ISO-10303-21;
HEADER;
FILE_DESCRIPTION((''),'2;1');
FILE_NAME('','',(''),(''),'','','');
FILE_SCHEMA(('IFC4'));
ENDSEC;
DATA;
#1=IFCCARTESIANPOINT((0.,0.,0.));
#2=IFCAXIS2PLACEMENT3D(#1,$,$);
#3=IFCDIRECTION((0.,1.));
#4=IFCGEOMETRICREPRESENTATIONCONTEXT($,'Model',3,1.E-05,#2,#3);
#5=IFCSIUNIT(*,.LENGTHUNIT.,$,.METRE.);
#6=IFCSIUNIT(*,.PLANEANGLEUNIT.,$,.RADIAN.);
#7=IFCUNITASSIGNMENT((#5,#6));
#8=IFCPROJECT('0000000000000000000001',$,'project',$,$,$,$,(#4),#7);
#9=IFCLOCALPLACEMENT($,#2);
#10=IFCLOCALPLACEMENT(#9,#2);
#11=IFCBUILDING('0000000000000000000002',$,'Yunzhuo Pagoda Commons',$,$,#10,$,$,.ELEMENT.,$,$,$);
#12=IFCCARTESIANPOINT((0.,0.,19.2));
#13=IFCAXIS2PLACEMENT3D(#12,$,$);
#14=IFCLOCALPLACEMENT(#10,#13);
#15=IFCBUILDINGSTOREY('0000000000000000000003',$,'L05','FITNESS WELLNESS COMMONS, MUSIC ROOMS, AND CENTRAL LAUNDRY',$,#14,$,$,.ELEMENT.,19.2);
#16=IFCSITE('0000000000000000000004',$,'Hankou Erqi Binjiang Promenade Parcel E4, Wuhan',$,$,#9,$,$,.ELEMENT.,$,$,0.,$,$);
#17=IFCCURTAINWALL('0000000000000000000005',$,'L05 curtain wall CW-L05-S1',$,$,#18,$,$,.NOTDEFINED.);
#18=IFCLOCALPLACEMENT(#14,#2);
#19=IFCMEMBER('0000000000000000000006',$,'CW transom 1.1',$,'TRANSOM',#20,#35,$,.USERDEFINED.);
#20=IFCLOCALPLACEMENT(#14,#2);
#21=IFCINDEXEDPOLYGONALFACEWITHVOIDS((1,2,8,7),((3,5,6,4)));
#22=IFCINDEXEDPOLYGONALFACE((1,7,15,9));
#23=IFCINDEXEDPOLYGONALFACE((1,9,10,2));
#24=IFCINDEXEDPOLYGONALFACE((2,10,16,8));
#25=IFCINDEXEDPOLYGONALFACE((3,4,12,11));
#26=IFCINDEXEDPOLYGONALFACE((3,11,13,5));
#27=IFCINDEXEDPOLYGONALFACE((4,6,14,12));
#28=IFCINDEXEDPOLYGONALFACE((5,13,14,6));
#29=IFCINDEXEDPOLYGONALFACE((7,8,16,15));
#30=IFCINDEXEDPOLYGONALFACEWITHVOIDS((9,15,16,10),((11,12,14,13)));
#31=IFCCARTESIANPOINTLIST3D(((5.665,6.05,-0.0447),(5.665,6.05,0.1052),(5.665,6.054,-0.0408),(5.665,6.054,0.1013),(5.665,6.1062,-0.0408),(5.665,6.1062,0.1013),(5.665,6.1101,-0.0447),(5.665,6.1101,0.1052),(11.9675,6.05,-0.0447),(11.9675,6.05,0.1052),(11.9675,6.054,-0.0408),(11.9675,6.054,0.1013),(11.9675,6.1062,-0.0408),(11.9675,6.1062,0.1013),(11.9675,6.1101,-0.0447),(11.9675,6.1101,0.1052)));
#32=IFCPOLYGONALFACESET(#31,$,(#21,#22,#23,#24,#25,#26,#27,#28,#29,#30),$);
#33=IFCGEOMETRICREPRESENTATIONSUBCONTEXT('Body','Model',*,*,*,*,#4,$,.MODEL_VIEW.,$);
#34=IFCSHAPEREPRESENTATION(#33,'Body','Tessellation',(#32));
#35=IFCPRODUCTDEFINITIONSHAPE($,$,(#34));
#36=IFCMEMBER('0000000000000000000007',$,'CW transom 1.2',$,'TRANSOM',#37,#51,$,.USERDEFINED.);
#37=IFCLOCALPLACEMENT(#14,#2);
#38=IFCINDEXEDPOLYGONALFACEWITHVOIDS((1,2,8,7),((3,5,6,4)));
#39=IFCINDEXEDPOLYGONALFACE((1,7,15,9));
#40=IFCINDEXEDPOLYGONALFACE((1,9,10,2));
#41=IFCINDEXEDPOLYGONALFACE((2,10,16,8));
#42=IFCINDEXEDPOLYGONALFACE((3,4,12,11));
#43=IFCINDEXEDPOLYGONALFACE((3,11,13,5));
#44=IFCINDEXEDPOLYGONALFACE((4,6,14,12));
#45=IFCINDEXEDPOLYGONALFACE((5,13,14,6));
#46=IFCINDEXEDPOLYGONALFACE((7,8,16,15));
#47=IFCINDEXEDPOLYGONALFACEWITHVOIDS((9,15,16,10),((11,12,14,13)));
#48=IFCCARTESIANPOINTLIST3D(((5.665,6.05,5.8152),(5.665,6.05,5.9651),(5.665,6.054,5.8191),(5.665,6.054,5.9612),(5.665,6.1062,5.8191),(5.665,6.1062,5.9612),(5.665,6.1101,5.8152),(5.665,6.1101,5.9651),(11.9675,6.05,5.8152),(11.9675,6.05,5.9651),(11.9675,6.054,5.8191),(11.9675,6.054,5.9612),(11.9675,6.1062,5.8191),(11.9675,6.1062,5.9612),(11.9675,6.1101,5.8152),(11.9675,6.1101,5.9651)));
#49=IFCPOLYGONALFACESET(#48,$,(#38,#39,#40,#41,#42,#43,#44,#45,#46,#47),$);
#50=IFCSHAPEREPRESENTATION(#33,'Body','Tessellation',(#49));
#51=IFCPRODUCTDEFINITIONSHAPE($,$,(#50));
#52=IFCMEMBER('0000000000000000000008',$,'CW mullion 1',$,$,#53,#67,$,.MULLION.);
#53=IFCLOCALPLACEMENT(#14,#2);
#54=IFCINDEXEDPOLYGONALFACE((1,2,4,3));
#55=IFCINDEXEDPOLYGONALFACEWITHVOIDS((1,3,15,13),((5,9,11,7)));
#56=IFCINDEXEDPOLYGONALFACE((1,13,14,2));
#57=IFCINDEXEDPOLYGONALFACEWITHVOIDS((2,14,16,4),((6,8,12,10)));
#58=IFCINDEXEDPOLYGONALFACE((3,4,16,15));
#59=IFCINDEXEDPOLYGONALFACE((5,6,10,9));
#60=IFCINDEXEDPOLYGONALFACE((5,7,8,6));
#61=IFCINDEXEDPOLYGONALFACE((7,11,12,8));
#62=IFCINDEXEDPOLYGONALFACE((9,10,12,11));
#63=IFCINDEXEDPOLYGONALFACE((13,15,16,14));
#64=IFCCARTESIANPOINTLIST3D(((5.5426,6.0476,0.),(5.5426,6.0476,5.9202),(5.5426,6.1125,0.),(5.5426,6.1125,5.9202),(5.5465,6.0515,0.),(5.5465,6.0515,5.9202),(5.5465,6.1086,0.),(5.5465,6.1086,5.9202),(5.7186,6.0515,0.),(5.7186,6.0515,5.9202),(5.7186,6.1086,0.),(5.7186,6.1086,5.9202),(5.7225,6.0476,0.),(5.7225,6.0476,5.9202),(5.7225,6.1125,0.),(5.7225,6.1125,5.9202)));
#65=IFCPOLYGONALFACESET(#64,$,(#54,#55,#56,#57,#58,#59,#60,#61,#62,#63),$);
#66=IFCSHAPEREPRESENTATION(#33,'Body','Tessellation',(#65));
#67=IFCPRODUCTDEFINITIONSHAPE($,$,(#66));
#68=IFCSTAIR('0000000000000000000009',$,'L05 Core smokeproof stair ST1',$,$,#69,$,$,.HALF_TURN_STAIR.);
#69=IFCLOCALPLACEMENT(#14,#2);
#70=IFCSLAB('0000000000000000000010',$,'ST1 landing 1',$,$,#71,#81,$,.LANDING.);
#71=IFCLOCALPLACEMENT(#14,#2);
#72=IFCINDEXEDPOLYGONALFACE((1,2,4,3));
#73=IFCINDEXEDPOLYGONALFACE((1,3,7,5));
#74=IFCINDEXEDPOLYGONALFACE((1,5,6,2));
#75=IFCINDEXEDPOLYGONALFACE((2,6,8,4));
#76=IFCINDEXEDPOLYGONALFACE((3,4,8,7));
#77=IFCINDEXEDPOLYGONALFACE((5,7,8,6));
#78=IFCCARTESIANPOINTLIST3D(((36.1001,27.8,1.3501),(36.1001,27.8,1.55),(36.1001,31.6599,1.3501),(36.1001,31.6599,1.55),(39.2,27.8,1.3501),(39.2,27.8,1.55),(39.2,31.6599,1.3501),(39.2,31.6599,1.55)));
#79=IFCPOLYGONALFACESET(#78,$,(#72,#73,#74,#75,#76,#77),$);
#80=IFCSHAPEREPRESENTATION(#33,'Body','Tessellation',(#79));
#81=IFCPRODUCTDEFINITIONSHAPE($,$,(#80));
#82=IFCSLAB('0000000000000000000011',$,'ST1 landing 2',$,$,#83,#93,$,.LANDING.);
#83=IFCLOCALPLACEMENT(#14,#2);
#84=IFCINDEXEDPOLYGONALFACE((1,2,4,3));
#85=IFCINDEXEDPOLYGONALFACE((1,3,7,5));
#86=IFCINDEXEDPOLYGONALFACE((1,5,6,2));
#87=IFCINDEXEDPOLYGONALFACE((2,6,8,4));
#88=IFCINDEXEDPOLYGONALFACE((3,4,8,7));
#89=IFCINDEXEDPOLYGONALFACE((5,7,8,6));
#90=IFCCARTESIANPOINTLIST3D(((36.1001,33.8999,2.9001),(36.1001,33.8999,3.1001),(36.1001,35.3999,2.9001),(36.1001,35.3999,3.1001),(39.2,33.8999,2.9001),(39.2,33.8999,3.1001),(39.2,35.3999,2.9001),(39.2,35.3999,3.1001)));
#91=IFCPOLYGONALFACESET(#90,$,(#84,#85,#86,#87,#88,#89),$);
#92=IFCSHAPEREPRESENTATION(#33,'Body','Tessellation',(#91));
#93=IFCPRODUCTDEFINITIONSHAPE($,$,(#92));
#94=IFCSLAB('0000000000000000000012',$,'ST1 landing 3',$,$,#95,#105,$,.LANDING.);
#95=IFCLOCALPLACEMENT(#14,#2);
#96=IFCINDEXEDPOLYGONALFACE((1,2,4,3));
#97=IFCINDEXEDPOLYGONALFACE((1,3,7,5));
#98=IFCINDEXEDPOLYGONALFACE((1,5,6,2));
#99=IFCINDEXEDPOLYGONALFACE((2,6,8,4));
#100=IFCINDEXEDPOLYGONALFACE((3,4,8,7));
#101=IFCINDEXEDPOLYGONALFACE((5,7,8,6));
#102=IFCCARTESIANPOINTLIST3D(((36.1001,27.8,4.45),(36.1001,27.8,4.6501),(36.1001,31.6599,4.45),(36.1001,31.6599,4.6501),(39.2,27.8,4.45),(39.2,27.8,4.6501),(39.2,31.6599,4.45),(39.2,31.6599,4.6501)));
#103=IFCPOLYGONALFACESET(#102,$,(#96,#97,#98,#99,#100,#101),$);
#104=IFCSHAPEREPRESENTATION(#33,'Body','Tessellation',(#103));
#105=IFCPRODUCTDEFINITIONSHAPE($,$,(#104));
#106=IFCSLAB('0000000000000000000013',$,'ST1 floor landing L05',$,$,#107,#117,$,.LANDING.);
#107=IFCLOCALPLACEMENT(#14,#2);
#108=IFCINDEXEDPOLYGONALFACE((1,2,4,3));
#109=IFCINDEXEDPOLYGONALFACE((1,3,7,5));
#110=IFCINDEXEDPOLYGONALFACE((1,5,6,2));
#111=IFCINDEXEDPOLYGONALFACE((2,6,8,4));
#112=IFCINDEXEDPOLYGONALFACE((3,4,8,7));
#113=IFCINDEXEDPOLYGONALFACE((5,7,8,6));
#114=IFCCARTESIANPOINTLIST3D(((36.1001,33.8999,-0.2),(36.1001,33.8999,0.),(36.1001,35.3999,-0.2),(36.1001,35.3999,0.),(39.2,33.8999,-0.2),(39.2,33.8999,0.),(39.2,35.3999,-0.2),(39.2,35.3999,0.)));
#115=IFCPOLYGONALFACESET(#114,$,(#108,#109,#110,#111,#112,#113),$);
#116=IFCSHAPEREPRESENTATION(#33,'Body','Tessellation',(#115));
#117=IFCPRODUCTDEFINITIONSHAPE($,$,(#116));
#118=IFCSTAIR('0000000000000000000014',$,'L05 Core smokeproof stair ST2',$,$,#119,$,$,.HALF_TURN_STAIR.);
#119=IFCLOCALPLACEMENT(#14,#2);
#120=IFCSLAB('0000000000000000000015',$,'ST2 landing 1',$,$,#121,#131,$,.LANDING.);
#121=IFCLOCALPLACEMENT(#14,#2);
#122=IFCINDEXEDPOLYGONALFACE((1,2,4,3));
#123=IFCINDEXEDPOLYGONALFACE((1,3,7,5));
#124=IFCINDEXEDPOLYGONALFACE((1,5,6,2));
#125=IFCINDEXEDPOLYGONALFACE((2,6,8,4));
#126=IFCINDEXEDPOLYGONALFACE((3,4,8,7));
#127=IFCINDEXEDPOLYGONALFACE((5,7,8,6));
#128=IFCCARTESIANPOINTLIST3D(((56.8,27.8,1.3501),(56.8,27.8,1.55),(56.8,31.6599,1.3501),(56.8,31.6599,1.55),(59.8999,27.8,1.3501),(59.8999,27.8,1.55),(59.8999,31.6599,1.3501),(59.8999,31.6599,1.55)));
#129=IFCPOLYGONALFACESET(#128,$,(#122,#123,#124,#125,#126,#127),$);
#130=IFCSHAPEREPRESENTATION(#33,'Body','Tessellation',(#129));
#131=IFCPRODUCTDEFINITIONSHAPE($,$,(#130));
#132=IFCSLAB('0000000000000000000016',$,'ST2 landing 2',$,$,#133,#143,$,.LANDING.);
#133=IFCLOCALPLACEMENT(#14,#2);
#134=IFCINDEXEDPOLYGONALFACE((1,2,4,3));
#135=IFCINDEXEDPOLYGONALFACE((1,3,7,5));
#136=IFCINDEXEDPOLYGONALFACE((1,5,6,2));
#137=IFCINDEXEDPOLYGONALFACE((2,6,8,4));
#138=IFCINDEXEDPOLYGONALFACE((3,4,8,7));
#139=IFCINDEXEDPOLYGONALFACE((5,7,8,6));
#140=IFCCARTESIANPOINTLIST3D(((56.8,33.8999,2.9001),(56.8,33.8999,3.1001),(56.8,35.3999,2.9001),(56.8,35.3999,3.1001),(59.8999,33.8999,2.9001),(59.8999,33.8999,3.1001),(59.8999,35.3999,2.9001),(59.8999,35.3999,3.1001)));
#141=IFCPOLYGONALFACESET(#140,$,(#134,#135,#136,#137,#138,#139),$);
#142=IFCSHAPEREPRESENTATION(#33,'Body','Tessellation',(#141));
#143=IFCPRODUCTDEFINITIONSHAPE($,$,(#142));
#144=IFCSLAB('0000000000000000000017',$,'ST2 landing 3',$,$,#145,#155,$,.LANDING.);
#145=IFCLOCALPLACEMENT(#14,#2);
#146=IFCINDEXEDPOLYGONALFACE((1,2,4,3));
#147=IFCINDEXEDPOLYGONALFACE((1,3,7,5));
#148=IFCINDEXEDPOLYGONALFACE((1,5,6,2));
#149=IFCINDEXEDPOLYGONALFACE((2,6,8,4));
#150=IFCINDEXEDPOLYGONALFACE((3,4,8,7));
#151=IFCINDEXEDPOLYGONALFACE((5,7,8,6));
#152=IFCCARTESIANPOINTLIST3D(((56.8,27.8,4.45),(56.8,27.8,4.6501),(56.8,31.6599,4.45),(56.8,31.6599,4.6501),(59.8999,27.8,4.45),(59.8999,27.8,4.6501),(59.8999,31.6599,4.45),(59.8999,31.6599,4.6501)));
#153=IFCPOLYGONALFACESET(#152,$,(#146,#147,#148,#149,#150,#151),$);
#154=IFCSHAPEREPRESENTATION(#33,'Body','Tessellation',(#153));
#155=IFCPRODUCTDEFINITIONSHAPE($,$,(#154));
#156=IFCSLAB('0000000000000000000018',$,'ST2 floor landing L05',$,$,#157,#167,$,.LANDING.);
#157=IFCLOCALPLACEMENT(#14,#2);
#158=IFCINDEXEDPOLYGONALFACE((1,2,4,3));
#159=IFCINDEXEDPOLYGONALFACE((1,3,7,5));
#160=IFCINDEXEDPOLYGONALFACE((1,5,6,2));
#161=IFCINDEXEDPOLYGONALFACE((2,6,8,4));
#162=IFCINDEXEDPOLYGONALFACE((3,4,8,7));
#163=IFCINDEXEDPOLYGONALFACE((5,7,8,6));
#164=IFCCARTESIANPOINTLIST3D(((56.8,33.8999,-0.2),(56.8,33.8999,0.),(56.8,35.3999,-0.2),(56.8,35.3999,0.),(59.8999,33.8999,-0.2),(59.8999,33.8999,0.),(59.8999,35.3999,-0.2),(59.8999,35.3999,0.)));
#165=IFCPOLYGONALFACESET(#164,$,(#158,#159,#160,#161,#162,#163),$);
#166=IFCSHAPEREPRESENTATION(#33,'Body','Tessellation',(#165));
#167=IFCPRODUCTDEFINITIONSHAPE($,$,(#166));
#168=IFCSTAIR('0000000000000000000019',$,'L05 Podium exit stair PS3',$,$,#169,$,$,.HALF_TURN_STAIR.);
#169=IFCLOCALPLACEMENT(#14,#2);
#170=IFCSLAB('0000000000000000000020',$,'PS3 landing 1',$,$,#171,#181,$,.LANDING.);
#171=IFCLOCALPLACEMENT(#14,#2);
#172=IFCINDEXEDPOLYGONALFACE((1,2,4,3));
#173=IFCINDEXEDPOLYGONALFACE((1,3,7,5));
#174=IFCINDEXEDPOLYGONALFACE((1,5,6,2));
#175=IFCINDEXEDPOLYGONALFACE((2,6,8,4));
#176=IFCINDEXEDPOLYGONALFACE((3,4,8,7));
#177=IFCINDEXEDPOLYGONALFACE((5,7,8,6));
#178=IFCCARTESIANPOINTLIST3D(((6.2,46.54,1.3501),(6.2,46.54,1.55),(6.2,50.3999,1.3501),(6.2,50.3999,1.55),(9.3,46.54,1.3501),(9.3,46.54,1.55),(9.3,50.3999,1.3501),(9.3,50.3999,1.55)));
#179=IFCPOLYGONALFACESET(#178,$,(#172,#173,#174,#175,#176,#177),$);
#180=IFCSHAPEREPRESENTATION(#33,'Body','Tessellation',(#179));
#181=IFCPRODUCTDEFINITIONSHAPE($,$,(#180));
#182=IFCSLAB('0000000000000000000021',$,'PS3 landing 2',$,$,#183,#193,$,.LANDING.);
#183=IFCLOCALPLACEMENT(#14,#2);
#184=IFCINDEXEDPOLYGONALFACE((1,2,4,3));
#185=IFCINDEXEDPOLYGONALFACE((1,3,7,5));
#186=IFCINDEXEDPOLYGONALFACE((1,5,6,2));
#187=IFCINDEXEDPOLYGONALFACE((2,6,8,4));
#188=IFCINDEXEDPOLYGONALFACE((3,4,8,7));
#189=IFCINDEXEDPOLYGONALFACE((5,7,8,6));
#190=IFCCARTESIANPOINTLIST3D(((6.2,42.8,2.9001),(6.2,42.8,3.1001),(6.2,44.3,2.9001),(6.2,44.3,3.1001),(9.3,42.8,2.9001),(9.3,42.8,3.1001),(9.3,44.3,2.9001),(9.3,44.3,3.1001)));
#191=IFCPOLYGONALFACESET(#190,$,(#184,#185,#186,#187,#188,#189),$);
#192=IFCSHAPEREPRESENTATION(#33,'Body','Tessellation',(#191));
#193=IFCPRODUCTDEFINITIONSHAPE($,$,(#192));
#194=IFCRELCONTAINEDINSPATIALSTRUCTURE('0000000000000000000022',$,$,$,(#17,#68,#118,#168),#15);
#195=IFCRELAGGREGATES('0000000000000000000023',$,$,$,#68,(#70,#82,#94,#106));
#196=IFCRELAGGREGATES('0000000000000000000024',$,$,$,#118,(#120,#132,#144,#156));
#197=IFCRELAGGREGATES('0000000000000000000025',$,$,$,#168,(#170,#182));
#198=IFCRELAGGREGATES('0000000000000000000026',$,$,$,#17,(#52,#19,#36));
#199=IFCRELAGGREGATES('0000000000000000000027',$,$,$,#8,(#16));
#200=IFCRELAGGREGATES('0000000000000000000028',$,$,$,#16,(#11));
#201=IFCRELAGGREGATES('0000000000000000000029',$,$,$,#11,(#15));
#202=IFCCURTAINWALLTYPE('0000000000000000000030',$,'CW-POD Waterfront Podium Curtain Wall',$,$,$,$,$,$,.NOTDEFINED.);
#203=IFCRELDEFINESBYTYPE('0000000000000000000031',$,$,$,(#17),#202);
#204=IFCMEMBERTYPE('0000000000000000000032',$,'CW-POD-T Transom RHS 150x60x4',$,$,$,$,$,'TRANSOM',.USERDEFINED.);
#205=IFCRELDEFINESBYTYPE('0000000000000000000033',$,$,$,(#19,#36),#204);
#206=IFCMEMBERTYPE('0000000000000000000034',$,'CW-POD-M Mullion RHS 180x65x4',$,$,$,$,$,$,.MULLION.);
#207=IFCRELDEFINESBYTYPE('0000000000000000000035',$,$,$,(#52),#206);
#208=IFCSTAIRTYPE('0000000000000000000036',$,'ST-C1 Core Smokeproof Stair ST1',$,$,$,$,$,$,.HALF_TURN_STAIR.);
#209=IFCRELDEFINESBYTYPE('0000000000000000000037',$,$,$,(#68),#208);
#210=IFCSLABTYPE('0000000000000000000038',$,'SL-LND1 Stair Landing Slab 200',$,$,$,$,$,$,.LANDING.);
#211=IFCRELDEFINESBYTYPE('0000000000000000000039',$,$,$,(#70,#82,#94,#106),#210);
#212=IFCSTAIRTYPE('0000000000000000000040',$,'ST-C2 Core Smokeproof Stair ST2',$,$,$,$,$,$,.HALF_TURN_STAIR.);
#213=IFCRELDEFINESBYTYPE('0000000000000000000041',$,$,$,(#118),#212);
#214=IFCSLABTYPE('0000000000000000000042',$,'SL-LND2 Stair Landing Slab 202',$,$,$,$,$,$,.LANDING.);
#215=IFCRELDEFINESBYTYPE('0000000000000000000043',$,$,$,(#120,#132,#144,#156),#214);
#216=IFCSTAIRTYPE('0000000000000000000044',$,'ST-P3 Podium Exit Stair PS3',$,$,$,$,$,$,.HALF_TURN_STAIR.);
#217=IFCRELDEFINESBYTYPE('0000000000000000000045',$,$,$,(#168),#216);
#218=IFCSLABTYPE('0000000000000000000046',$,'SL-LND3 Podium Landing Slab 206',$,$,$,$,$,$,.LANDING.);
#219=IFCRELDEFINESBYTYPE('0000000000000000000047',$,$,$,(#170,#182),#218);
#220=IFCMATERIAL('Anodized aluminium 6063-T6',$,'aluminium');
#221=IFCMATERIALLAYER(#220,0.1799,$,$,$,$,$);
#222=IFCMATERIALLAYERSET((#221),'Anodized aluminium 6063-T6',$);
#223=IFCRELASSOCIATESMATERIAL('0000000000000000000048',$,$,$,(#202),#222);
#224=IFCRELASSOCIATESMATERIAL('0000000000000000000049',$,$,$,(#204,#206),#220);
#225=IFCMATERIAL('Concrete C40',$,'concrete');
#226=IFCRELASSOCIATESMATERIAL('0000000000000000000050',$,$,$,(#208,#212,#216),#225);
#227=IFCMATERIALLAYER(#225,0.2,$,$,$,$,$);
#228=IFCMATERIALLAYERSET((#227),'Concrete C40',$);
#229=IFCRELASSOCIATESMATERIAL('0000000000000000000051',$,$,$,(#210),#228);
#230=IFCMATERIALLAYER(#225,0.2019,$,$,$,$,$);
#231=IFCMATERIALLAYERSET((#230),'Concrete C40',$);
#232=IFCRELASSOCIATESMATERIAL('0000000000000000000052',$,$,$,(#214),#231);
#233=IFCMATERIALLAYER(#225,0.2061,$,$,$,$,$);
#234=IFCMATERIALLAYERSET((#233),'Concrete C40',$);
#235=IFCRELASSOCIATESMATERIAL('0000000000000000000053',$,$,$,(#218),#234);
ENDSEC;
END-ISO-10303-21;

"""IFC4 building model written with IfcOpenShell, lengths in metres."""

from ifc_helpers import new_model, si_unit, direction, frame, origin, origin_2d, place, context, subcontext, project, spatial, polyline, hollow_rectangle, outline, extrude, source, transform, mapped, material, layer, layer_set, material_profile, profile_set, type_object, element, aggregate, save


model = new_model("IFC4")

# Units and contexts
model_context = context("Model", 3, precision=1e-05, world=origin(), true_north=direction((0.0, 1.0)))
body_context = subcontext(model_context, "Body", "Model", "MODEL_VIEW")
ifc_project = project(units=[si_unit("LENGTHUNIT", "METRE"), si_unit("PLANEANGLEUNIT", "RADIAN")], contexts=[model_context])

# Site, building, storey
site_placement = place(None, origin())
site = spatial("IfcSite", under=ifc_project, at=site_placement, Name="Hankou Erqi Binjiang Promenade Parcel E4, Wuhan", CompositionType="ELEMENT", RefElevation=0.0)
building_placement = place(site_placement, origin())
building = spatial("IfcBuilding", under=site, at=building_placement, Name="Yunzhuo Pagoda Commons", CompositionType="ELEMENT")
storey_placement = place(building_placement, frame((0.0, 0.0, 19.2)))
storey = spatial("IfcBuildingStorey", under=building, at=storey_placement, Name="L05", Description="FITNESS WELLNESS COMMONS, MUSIC ROOMS, AND CENTRAL LAUNDRY", CompositionType="ELEMENT", Elevation=19.2)

# Curtain wall, members
ifc_material_1 = material(Name="Anodized aluminium 6063-T6", Category="aluminium")
ifc_layer_1 = layer(ifc_material_1, 0.1799)
ifc_layer_set_1 = layer_set([ifc_layer_1], Name="Anodized aluminium 6063-T6")
curtain_wall_type = type_object("IfcCurtainWallType", Name="CW-POD Waterfront Podium Curtain Wall", PredefinedType="NOTDEFINED", material=ifc_layer_set_1)
curtain_wall_placement = place(storey_placement, origin())
curtain_wall = element("IfcCurtainWall", 1, at=curtain_wall_placement, inside=storey, type_object=curtain_wall_type, Name="L05 curtain wall CW-L05-S1", PredefinedType="NOTDEFINED")
ifc_material_profile_1 = material_profile(ifc_material_1, hollow_rectangle(XDim=0.0601, YDim=0.1499, WallThickness=0.0039, at=origin_2d()), Name="Anodized aluminium 6063-T6")
ifc_profile_set_1 = profile_set([ifc_material_profile_1], Name="Anodized aluminium 6063-T6")
member_type_1 = type_object("IfcMemberType", Name="CW-POD-T Transom RHS 150x60x4", ElementType="TRANSOM", PredefinedType="USERDEFINED", material=ifc_profile_set_1)
shared_shape_1 = source(origin(), body_context, "Body", "SweptSolid", [
    extrude(hollow_rectangle(XDim=0.0601, YDim=0.1499, WallThickness=0.0039, at=origin_2d()), origin(), (0.0, 0.0, 1.0), 6.3025),
])
member_1_placement = place(storey_placement, frame((5.665, 6.0801, 0.0303), z_axis=(1.0, 0.0, 0.0), x_axis=(0.0, 1.0, 0.0)))
member_1 = element("IfcMember", 2, at=member_1_placement, type_object=member_type_1, Name="CW transom 1.1", ObjectType="TRANSOM", PredefinedType="USERDEFINED", context=body_context, shape_type="MappedRepresentation", body=[
    mapped(shared_shape_1, transform((0.0, 0.0, 0.0), scale=1.0)),
])
member_2_placement = place(storey_placement, frame((5.665, 6.0801, 5.8901), z_axis=(1.0, 0.0, 0.0), x_axis=(0.0, 1.0, 0.0)))
member_2 = element("IfcMember", 3, at=member_2_placement, type_object=member_type_1, Name="CW transom 1.2", ObjectType="TRANSOM", PredefinedType="USERDEFINED", context=body_context, shape_type="MappedRepresentation", body=[
    mapped(shared_shape_1, transform((0.0, 0.0, 0.0), scale=1.0)),
])
ifc_material_profile_2 = material_profile(ifc_material_1, hollow_rectangle(XDim=0.0649, YDim=0.1799, WallThickness=0.0039, at=origin_2d()), Name="Anodized aluminium 6063-T6")
ifc_profile_set_2 = profile_set([ifc_material_profile_2], Name="Anodized aluminium 6063-T6")
member_type_2 = type_object("IfcMemberType", Name="CW-POD-M Mullion RHS 180x65x4", PredefinedType="MULLION", material=ifc_profile_set_2)
shared_shape_2 = source(origin(), body_context, "Body", "SweptSolid", [
    extrude(hollow_rectangle(XDim=0.0649, YDim=0.1799, WallThickness=0.0039, at=origin_2d()), origin(), (0.0, 0.0, 1.0), 5.9202),
])
member_3_placement = place(storey_placement, frame((5.6326, 6.0801, 0.0), z_axis=(0.0, 0.0, 1.0), x_axis=(0.0, 1.0, 0.0)))
member_3 = element("IfcMember", 4, at=member_3_placement, type_object=member_type_2, Name="CW mullion 1", PredefinedType="MULLION", context=body_context, shape_type="MappedRepresentation", body=[
    mapped(shared_shape_2, transform((0.0, 0.0, 0.0), scale=1.0)),
])

# Stairs, slabs
ifc_material_2 = material(Name="Concrete C40", Category="concrete")
stair_type_1 = type_object("IfcStairType", Name="ST-C1 Core Smokeproof Stair ST1", PredefinedType="HALF_TURN_STAIR", material=ifc_material_2)
stair_1_placement = place(storey_placement, origin())
stair_1 = element("IfcStair", 5, at=stair_1_placement, inside=storey, type_object=stair_type_1, Name="L05 Core smokeproof stair ST1", PredefinedType="HALF_TURN_STAIR")
ifc_layer_2 = layer(ifc_material_2, 0.2)
ifc_layer_set_2 = layer_set([ifc_layer_2], Name="Concrete C40")
slab_type_1 = type_object("IfcSlabType", Name="SL-LND1 Stair Landing Slab 200", PredefinedType="LANDING", material=ifc_layer_set_2)
slab_1_placement = place(storey_placement, frame((0.0, 0.0, 1.3501)))
slab_1 = element("IfcSlab", 6, at=slab_1_placement, type_object=slab_type_1, Name="ST1 landing 1", PredefinedType="LANDING", context=body_context, shape_type="SweptSolid", body=[
    extrude(outline(polyline([(36.1001, 31.6599), (36.1001, 27.8), (39.2, 27.8), (39.2, 31.6599), (36.1001, 31.6599)])), origin(), (0.0, 0.0, 1.0), 0.2),
])
slab_2_placement = place(storey_placement, frame((0.0, 0.0, 2.9001)))
slab_2 = element("IfcSlab", 7, at=slab_2_placement, type_object=slab_type_1, Name="ST1 landing 2", PredefinedType="LANDING", context=body_context, shape_type="SweptSolid", body=[
    extrude(outline(polyline([(36.1001, 35.3999), (36.1001, 33.8999), (39.2, 33.8999), (39.2, 35.3999), (36.1001, 35.3999)])), origin(), (0.0, 0.0, 1.0), 0.2),
])
slab_3_placement = place(storey_placement, frame((0.0, 0.0, 4.45)))
slab_3 = element("IfcSlab", 8, at=slab_3_placement, type_object=slab_type_1, Name="ST1 landing 3", PredefinedType="LANDING", context=body_context, shape_type="SweptSolid", body=[
    extrude(outline(polyline([(36.1001, 31.6599), (36.1001, 27.8), (39.2, 27.8), (39.2, 31.6599), (36.1001, 31.6599)])), origin(), (0.0, 0.0, 1.0), 0.2002),
])
slab_4_placement = place(storey_placement, frame((0.0, 0.0, -0.2)))
slab_4 = element("IfcSlab", 9, at=slab_4_placement, type_object=slab_type_1, Name="ST1 floor landing L05", PredefinedType="LANDING", context=body_context, shape_type="SweptSolid", body=[
    extrude(outline(polyline([(36.1001, 35.3999), (36.1001, 33.8999), (39.2, 33.8999), (39.2, 35.3999), (36.1001, 35.3999)])), origin(), (0.0, 0.0, 1.0), 0.2),
])
aggregate(stair_1, [slab_1, slab_2, slab_3, slab_4])
stair_type_2 = type_object("IfcStairType", Name="ST-C2 Core Smokeproof Stair ST2", PredefinedType="HALF_TURN_STAIR", material=ifc_material_2)
stair_2_placement = place(storey_placement, origin())
stair_2 = element("IfcStair", 10, at=stair_2_placement, inside=storey, type_object=stair_type_2, Name="L05 Core smokeproof stair ST2", PredefinedType="HALF_TURN_STAIR")
ifc_layer_3 = layer(ifc_material_2, 0.2019)
ifc_layer_set_3 = layer_set([ifc_layer_3], Name="Concrete C40")
slab_type_2 = type_object("IfcSlabType", Name="SL-LND2 Stair Landing Slab 202", PredefinedType="LANDING", material=ifc_layer_set_3)
slab_5_placement = place(storey_placement, frame((0.0, 0.0, 1.3501)))
slab_5 = element("IfcSlab", 11, at=slab_5_placement, type_object=slab_type_2, Name="ST2 landing 1", PredefinedType="LANDING", context=body_context, shape_type="SweptSolid", body=[
    extrude(outline(polyline([(56.8, 31.6599), (56.8, 27.8), (59.8999, 27.8), (59.8999, 31.6599), (56.8, 31.6599)])), origin(), (0.0, 0.0, 1.0), 0.2),
])
slab_6_placement = place(storey_placement, frame((0.0, 0.0, 2.9001)))
slab_6 = element("IfcSlab", 12, at=slab_6_placement, type_object=slab_type_2, Name="ST2 landing 2", PredefinedType="LANDING", context=body_context, shape_type="SweptSolid", body=[
    extrude(outline(polyline([(56.8, 35.3999), (56.8, 33.8999), (59.8999, 33.8999), (59.8999, 35.3999), (56.8, 35.3999)])), origin(), (0.0, 0.0, 1.0), 0.2),
])
slab_7_placement = place(storey_placement, frame((0.0, 0.0, 4.45)))
slab_7 = element("IfcSlab", 13, at=slab_7_placement, type_object=slab_type_2, Name="ST2 landing 3", PredefinedType="LANDING", context=body_context, shape_type="SweptSolid", body=[
    extrude(outline(polyline([(56.8, 31.6599), (56.8, 27.8), (59.8999, 27.8), (59.8999, 31.6599), (56.8, 31.6599)])), origin(), (0.0, 0.0, 1.0), 0.2002),
])
slab_8_placement = place(storey_placement, frame((0.0, 0.0, -0.2)))
slab_8 = element("IfcSlab", 14, at=slab_8_placement, type_object=slab_type_2, Name="ST2 floor landing L05", PredefinedType="LANDING", context=body_context, shape_type="SweptSolid", body=[
    extrude(outline(polyline([(56.8, 35.3999), (56.8, 33.8999), (59.8999, 33.8999), (59.8999, 35.3999), (56.8, 35.3999)])), origin(), (0.0, 0.0, 1.0), 0.2),
])
aggregate(stair_2, [slab_5, slab_6, slab_7, slab_8])
stair_type_3 = type_object("IfcStairType", Name="ST-P3 Podium Exit Stair PS3", PredefinedType="HALF_TURN_STAIR", material=ifc_material_2)
stair_3_placement = place(storey_placement, origin())
stair_3 = element("IfcStair", 15, at=stair_3_placement, inside=storey, type_object=stair_type_3, Name="L05 Podium exit stair PS3", PredefinedType="HALF_TURN_STAIR")
ifc_layer_4 = layer(ifc_material_2, 0.2061)
ifc_layer_set_4 = layer_set([ifc_layer_4], Name="Concrete C40")
slab_type_3 = type_object("IfcSlabType", Name="SL-LND3 Podium Landing Slab 206", PredefinedType="LANDING", material=ifc_layer_set_4)
slab_9_placement = place(storey_placement, frame((0.0, 0.0, 1.3501)))
slab_9 = element("IfcSlab", 16, at=slab_9_placement, type_object=slab_type_3, Name="PS3 landing 1", PredefinedType="LANDING", context=body_context, shape_type="SweptSolid", body=[
    extrude(outline(polyline([(9.3, 46.54), (9.3, 50.3999), (6.2, 50.3999), (6.2, 46.54), (9.3, 46.54)])), origin(), (0.0, 0.0, 1.0), 0.2),
])
slab_10_placement = place(storey_placement, frame((0.0, 0.0, 2.9001)))
slab_10 = element("IfcSlab", 17, at=slab_10_placement, type_object=slab_type_3, Name="PS3 landing 2", PredefinedType="LANDING", context=body_context, shape_type="SweptSolid", body=[
    extrude(outline(polyline([(9.3, 42.8), (9.3, 44.3), (6.2, 44.3), (6.2, 42.8), (9.3, 42.8)])), origin(), (0.0, 0.0, 1.0), 0.2),
])
aggregate(stair_3, [slab_9, slab_10])

aggregate(curtain_wall, [member_3, member_1, member_2])

save(model, "model.ifc")
